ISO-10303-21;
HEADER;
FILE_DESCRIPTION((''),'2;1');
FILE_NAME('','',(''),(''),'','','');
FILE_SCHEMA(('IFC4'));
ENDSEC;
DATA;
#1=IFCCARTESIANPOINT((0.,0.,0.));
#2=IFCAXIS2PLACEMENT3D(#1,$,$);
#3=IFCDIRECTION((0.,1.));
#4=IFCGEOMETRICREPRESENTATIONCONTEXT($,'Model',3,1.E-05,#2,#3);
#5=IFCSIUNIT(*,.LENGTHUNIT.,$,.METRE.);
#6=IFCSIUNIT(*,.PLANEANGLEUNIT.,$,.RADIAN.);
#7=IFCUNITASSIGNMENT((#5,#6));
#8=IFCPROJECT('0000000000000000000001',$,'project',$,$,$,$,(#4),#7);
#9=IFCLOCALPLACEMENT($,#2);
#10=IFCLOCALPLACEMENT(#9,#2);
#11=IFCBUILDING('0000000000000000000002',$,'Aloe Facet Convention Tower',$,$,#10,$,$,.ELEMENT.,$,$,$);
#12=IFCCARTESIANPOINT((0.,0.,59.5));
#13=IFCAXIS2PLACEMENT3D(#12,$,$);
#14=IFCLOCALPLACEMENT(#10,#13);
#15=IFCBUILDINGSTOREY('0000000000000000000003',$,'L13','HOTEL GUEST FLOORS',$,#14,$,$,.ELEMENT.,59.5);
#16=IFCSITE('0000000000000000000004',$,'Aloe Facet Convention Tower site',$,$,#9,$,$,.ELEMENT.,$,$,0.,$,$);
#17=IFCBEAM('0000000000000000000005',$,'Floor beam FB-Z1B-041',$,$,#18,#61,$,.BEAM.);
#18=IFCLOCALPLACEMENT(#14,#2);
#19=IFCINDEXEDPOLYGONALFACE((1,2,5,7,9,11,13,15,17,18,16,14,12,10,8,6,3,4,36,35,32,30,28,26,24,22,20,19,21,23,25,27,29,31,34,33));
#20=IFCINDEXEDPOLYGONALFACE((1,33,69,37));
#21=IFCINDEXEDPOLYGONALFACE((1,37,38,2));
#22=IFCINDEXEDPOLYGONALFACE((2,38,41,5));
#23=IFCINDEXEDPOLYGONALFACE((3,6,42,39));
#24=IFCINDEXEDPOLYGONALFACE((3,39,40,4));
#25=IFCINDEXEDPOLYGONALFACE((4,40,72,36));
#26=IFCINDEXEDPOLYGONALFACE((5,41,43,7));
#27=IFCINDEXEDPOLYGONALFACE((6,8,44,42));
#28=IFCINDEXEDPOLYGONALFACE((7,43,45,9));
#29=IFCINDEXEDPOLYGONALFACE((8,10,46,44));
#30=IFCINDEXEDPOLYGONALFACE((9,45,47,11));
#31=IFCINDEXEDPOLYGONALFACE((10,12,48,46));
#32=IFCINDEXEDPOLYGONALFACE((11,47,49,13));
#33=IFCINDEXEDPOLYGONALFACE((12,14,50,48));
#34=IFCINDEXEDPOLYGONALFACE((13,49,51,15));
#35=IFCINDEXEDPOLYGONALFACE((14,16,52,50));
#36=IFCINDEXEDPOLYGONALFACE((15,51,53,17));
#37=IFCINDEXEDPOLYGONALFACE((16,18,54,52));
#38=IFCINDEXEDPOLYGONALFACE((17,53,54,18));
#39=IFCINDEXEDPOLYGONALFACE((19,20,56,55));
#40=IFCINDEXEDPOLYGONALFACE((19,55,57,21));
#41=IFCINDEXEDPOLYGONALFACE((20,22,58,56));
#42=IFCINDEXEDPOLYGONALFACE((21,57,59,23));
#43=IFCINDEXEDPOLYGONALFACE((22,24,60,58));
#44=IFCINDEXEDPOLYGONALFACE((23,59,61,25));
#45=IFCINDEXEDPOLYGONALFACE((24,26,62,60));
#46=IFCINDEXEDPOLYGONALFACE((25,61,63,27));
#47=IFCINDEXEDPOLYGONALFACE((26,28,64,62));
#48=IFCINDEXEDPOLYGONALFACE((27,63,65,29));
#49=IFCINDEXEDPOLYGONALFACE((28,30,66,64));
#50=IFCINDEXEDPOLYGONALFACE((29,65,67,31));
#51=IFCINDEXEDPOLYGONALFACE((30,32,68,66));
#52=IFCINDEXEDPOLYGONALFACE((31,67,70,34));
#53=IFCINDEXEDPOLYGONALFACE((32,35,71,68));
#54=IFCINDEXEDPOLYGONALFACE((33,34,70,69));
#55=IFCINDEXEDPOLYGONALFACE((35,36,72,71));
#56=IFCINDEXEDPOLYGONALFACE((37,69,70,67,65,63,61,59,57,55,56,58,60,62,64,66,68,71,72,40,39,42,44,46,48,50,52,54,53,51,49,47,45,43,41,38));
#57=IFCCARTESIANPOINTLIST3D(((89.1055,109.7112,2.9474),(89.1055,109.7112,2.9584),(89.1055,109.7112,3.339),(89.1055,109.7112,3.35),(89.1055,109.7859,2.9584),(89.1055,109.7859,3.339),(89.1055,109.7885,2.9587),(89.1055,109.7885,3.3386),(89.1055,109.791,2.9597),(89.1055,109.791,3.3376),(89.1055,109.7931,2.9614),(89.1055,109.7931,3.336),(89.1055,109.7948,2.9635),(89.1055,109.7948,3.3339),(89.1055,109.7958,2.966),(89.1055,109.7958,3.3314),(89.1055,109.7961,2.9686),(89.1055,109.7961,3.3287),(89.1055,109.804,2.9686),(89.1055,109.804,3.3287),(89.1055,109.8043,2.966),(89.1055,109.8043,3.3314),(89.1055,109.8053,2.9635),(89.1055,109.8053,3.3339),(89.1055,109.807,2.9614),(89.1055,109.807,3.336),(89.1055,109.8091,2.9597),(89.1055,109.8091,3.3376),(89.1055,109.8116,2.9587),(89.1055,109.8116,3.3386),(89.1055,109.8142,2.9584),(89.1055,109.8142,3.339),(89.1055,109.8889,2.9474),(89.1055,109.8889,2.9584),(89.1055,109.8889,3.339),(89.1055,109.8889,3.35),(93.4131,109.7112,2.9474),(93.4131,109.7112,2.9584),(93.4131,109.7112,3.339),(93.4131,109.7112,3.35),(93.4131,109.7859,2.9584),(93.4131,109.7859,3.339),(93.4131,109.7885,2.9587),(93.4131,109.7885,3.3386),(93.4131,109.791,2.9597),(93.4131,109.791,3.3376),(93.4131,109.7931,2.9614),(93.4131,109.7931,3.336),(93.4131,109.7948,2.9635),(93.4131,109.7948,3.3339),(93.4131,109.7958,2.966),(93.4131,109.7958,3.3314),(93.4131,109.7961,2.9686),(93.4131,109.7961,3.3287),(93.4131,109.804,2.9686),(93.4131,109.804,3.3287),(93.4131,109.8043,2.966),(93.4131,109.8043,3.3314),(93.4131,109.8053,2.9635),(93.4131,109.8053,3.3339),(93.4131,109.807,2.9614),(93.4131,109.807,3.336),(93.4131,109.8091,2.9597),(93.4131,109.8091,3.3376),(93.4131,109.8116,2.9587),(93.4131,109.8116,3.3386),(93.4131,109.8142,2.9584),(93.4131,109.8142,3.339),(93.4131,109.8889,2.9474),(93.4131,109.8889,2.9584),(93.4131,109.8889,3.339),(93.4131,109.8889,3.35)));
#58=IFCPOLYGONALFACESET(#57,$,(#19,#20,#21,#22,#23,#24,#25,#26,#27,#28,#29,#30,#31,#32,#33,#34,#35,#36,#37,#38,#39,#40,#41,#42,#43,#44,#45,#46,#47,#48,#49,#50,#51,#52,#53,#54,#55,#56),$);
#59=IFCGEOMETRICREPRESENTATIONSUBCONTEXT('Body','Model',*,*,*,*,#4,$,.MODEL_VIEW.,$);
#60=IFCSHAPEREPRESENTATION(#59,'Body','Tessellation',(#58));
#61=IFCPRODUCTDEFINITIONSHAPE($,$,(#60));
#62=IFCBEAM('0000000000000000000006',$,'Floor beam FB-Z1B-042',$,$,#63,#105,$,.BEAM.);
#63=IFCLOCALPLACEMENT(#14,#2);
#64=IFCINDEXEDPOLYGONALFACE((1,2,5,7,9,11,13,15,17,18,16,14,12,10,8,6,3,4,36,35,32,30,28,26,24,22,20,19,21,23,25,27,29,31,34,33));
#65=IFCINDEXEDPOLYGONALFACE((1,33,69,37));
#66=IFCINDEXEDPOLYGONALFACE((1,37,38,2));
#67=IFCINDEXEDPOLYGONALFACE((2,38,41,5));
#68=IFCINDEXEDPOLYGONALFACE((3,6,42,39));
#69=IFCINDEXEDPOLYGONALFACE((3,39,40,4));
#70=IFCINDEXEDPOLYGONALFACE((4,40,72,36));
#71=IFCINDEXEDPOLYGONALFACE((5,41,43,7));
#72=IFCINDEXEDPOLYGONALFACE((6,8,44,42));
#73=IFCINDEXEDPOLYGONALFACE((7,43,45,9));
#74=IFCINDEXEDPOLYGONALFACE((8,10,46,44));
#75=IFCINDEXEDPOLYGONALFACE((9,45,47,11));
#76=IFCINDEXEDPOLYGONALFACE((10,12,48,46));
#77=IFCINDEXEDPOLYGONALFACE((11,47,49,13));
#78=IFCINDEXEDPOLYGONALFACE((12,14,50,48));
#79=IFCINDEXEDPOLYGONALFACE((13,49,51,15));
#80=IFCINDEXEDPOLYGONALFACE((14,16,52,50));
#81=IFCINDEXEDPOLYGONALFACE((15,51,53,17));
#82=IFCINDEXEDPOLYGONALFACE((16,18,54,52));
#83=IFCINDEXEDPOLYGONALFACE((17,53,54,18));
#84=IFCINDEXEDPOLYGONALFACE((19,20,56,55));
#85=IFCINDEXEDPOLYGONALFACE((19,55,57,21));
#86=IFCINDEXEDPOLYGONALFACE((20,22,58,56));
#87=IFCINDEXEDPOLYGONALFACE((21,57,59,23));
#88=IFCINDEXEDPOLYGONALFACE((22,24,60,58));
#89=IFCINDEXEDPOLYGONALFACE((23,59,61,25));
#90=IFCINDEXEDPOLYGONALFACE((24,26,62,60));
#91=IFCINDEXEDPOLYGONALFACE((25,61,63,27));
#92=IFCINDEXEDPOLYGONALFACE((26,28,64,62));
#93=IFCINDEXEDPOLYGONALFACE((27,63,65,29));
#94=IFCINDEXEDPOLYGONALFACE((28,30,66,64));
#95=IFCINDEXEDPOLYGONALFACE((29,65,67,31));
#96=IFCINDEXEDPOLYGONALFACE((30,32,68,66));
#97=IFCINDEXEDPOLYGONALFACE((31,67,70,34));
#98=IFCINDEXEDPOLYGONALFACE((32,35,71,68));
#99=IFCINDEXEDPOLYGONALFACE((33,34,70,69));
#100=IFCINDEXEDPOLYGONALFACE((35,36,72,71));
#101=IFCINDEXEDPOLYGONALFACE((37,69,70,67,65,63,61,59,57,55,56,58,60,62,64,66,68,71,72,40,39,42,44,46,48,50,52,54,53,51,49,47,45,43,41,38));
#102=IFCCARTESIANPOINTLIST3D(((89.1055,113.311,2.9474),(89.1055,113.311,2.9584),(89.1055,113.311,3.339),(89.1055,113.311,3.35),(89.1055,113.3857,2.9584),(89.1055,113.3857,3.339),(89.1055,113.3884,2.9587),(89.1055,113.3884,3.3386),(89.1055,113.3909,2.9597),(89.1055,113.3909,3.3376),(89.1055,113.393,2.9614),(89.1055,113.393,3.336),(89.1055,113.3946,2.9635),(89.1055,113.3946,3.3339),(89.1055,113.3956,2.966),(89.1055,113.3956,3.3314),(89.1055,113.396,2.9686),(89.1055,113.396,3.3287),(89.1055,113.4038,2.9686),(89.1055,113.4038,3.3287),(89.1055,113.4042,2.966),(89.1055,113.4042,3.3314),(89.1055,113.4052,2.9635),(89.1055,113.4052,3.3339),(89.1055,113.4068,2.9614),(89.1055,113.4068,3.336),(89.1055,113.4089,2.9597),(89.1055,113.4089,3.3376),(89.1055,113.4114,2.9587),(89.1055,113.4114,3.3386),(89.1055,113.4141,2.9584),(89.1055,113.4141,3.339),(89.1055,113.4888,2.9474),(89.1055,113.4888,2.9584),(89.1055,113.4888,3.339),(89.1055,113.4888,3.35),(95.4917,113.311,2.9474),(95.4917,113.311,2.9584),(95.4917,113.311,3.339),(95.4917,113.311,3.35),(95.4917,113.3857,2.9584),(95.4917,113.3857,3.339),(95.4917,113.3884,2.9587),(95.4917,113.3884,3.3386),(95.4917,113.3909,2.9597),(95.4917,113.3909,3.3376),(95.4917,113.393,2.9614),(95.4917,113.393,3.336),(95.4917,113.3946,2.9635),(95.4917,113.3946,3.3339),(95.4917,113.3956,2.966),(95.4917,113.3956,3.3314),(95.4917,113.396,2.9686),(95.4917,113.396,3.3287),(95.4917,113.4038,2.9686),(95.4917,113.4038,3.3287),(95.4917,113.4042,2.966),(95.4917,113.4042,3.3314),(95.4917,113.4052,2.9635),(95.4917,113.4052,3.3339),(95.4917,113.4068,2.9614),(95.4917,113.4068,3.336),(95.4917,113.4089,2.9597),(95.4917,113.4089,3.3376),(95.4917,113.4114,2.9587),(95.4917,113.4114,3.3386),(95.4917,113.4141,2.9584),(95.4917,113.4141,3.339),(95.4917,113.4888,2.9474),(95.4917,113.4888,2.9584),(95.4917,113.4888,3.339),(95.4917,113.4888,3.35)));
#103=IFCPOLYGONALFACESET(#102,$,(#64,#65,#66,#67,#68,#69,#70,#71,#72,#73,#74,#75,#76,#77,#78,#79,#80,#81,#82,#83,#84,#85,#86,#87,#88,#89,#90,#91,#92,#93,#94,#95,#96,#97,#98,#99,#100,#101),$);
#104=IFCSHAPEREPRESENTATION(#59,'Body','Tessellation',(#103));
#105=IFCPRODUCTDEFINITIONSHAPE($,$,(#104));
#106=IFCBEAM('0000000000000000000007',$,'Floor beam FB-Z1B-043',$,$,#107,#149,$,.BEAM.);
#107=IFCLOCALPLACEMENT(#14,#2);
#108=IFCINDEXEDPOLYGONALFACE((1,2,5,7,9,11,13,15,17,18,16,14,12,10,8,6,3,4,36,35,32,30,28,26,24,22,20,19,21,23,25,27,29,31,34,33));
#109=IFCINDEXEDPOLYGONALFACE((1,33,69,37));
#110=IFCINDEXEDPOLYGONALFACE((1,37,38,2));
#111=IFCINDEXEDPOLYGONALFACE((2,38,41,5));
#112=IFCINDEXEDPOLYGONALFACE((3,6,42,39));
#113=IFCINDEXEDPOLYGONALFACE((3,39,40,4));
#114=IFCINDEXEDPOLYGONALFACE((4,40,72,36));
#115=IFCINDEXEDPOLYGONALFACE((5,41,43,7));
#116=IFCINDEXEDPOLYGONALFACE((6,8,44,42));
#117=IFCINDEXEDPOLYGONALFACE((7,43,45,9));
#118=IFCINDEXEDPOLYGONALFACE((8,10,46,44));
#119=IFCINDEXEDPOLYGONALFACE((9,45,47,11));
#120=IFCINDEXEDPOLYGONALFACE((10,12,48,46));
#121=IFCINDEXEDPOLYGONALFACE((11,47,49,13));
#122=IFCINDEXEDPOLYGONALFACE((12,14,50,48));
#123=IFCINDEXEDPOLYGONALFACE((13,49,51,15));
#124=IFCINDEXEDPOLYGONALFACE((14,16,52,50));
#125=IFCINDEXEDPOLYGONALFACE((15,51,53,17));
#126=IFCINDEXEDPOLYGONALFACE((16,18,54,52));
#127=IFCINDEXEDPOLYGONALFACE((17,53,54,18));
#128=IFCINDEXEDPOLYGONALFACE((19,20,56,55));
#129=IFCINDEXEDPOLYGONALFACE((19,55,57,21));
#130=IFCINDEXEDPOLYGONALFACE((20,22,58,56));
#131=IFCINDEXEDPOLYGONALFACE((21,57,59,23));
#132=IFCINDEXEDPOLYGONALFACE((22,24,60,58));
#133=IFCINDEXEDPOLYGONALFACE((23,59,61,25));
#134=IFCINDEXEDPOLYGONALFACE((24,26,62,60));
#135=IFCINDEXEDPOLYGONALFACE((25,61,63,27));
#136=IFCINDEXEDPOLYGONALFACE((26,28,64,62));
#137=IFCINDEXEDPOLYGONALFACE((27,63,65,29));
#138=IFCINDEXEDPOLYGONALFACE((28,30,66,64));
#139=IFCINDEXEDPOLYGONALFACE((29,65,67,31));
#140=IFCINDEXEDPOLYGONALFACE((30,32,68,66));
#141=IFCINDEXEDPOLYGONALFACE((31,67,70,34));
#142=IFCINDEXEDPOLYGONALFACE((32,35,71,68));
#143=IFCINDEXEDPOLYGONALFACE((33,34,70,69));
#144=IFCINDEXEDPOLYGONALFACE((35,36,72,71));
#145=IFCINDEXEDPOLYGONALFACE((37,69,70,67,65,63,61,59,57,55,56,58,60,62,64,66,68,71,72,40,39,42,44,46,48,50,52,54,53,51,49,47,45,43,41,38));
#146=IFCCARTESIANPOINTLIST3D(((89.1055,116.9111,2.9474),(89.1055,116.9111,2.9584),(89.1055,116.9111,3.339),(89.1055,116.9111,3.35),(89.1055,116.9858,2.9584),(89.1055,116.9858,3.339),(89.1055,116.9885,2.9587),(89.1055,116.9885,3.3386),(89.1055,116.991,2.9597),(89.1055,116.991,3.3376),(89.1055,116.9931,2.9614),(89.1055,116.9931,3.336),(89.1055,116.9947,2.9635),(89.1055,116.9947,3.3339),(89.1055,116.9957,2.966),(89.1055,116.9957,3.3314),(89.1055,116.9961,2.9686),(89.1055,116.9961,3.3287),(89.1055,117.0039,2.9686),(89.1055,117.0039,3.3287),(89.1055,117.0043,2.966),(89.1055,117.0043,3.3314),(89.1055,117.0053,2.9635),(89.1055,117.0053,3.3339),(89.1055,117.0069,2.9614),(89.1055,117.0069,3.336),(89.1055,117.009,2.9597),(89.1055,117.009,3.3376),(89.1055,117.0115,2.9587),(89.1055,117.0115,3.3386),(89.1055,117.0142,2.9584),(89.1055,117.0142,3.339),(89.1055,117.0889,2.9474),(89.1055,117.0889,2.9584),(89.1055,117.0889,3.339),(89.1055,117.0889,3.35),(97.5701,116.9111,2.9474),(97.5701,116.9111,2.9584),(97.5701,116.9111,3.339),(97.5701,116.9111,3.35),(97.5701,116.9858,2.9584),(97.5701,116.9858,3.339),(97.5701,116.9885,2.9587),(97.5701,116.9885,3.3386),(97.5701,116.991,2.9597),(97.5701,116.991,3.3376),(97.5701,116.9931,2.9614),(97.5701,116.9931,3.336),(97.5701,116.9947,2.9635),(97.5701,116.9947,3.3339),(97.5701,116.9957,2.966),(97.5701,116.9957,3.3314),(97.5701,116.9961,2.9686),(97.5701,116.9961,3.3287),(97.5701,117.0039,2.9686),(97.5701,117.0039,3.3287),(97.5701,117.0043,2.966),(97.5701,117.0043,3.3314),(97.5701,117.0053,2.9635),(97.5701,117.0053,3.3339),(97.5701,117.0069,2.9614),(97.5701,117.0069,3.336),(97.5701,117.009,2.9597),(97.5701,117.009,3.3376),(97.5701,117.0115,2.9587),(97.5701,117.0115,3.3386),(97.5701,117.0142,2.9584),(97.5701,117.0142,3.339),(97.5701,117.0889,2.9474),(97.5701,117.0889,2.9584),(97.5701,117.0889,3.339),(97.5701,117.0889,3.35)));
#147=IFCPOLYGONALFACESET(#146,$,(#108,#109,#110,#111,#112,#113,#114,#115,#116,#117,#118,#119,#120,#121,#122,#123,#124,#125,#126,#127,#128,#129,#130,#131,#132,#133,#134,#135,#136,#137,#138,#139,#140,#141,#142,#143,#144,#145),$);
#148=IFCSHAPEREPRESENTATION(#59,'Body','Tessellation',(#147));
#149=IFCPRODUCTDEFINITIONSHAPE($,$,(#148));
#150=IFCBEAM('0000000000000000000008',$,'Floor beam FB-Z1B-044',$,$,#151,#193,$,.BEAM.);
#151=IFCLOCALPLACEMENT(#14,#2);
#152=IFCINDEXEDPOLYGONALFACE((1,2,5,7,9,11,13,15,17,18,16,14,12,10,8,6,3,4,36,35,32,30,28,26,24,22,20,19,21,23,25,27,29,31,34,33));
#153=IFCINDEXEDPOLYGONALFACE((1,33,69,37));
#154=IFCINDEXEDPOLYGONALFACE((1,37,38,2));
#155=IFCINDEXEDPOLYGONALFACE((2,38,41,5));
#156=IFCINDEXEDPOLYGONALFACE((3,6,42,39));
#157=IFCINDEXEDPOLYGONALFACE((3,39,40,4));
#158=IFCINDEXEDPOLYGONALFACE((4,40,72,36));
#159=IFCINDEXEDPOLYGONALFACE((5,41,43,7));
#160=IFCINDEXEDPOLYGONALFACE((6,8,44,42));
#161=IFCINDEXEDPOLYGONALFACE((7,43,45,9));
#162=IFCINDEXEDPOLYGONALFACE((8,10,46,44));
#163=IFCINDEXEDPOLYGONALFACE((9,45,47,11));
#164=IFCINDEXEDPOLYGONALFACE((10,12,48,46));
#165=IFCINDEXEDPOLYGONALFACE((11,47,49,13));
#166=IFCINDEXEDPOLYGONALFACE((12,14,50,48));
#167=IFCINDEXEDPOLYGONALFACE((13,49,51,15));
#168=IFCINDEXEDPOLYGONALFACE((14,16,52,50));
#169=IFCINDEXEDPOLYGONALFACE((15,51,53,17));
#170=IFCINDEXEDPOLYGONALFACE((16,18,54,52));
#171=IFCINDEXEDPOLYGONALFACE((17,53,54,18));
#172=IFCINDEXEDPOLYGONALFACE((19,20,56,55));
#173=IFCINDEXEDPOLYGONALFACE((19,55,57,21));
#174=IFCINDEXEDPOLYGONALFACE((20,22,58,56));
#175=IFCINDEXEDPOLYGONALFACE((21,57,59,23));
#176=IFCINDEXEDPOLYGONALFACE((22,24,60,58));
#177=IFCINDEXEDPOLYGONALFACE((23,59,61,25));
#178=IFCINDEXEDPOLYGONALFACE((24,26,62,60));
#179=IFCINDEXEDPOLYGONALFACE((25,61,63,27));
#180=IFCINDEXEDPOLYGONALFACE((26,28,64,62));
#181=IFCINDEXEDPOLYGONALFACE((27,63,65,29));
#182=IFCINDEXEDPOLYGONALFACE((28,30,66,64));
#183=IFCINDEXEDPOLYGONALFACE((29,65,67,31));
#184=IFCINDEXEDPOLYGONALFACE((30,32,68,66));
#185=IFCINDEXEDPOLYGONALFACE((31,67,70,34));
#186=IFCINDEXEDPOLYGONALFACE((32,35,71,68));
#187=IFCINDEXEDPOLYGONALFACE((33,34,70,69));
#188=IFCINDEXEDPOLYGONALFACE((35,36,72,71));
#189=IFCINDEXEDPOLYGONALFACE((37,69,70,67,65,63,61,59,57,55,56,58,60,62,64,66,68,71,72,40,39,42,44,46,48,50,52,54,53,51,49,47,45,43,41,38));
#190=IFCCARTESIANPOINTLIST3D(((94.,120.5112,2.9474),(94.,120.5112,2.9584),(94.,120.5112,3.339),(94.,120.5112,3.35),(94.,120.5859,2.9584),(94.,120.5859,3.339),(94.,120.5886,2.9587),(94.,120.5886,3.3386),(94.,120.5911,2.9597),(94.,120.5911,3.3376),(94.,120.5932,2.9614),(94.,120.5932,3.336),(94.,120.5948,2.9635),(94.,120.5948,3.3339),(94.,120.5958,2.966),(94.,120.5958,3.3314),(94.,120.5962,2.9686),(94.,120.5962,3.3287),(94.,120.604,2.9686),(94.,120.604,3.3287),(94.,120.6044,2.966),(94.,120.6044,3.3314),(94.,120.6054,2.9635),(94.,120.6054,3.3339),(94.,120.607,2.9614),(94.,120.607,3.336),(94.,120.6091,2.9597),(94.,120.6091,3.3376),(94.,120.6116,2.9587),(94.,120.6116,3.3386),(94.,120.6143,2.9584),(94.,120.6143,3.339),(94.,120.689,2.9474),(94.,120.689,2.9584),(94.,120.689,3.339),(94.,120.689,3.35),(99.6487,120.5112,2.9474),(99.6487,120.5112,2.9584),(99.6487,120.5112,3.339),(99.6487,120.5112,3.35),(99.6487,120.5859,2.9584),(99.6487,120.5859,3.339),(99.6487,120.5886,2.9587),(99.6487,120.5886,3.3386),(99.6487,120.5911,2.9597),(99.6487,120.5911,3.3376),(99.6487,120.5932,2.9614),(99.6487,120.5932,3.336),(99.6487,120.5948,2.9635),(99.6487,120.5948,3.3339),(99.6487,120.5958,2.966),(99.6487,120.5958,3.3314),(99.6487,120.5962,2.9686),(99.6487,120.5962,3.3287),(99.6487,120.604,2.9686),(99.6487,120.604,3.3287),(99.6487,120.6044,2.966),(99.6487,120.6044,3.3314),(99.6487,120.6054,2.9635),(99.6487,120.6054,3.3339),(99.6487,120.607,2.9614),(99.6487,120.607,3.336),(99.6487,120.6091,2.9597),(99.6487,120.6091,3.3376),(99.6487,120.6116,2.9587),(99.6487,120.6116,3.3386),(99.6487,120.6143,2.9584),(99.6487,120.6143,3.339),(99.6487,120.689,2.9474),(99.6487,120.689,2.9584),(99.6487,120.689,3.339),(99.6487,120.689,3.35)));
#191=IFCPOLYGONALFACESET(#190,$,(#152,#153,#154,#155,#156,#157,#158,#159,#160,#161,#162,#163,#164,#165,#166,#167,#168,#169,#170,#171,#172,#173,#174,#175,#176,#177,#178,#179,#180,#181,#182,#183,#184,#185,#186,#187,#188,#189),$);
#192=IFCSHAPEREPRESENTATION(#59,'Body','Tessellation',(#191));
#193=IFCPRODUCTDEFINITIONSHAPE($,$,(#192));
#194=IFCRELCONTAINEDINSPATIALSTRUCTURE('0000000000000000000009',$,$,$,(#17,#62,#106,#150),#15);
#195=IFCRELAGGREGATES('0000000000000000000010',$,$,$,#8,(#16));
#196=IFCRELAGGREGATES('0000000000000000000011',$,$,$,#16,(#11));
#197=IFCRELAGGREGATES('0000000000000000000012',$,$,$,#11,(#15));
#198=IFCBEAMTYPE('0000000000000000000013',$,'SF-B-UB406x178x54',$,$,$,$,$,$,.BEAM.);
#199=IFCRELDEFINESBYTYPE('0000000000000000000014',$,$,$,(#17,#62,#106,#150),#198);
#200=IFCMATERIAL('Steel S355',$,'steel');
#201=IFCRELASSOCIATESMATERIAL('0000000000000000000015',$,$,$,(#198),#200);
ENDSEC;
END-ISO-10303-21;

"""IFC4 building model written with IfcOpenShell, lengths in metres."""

from ifc_helpers import new_model, si_unit, direction, frame, origin, origin_2d, place, context, subcontext, project, spatial, i_section, extrude, material, material_profile, profile_set, type_object, element, save


model = new_model("IFC4")

# Units and contexts
model_context = context("Model", 3, precision=1e-05, world=origin(), true_north=direction((0.0, 1.0)))
body_context = subcontext(model_context, "Body", "Model", "MODEL_VIEW")
ifc_project = project(units=[si_unit("LENGTHUNIT", "METRE"), si_unit("PLANEANGLEUNIT", "RADIAN")], contexts=[model_context])

# Site, building, storey
site_placement = place(None, origin())
site = spatial("IfcSite", under=ifc_project, at=site_placement, Name="Aloe Facet Convention Tower site", CompositionType="ELEMENT", RefElevation=0.0)
building_placement = place(site_placement, origin())
building = spatial("IfcBuilding", under=site, at=building_placement, Name="Aloe Facet Convention Tower", CompositionType="ELEMENT")
storey_placement = place(building_placement, frame((0.0, 0.0, 59.5)))
storey = spatial("IfcBuildingStorey", under=building, at=storey_placement, Name="L13", Description="HOTEL GUEST FLOORS", CompositionType="ELEMENT", Elevation=59.5)

# Beams
ifc_material_1 = material(Name="Steel S355", Category="steel")
ifc_material_profile_1 = material_profile(ifc_material_1, i_section(OverallWidth=0.1777, OverallDepth=0.4026, WebThickness=0.0078, FlangeThickness=0.011, FilletRadius=0.0103, at=origin_2d()), Name="UB 406x178x54")
ifc_profile_set_1 = profile_set([ifc_material_profile_1], Name="Steel S355")
beam_type_1 = type_object("IfcBeamType", Name="SF-B-UB406x178x54", PredefinedType="BEAM", material=ifc_profile_set_1)
beam_1_placement = place(storey_placement, frame((89.1055, 109.8, 3.1487), z_axis=(1.0, 0.0, 0.0), x_axis=(0.0, 1.0, 0.0)))
element("IfcBeam", 1, at=beam_1_placement, inside=storey, type_object=beam_type_1, Name="Floor beam FB-Z1B-041", PredefinedType="BEAM", context=body_context, shape_type="SweptSolid", body=[
    extrude(i_section(OverallWidth=0.1777, OverallDepth=0.4026, WebThickness=0.0078, FlangeThickness=0.011, FilletRadius=0.0103, at=origin_2d()), origin(), (0.0, 0.0, 1.0), 4.3076),
])
beam_2_placement = place(storey_placement, frame((89.1055, 113.3999, 3.1487), z_axis=(1.0, 0.0, 0.0), x_axis=(0.0, 1.0, 0.0)))
element("IfcBeam", 2, at=beam_2_placement, inside=storey, type_object=beam_type_1, Name="Floor beam FB-Z1B-042", PredefinedType="BEAM", context=body_context, shape_type="SweptSolid", body=[
    extrude(i_section(OverallWidth=0.1777, OverallDepth=0.4026, WebThickness=0.0078, FlangeThickness=0.011, FilletRadius=0.0103, at=origin_2d()), origin(), (0.0, 0.0, 1.0), 6.3862),
])
beam_3_placement = place(storey_placement, frame((89.1055, 117.0, 3.1487), z_axis=(1.0, 0.0, 0.0), x_axis=(0.0, 1.0, 0.0)))
element("IfcBeam", 3, at=beam_3_placement, inside=storey, type_object=beam_type_1, Name="Floor beam FB-Z1B-043", PredefinedType="BEAM", context=body_context, shape_type="SweptSolid", body=[
    extrude(i_section(OverallWidth=0.1777, OverallDepth=0.4026, WebThickness=0.0078, FlangeThickness=0.011, FilletRadius=0.0103, at=origin_2d()), origin(), (0.0, 0.0, 1.0), 8.4646),
])
beam_4_placement = place(storey_placement, frame((94.0, 120.6001, 3.1487), z_axis=(1.0, 0.0, 0.0), x_axis=(0.0, 1.0, 0.0)))
element("IfcBeam", 4, at=beam_4_placement, inside=storey, type_object=beam_type_1, Name="Floor beam FB-Z1B-044", PredefinedType="BEAM", context=body_context, shape_type="SweptSolid", body=[
    extrude(i_section(OverallWidth=0.1777, OverallDepth=0.4026, WebThickness=0.0078, FlangeThickness=0.011, FilletRadius=0.0103, at=origin_2d()), origin(), (0.0, 0.0, 1.0), 5.6487),
])

save(model, "model.ifc")
